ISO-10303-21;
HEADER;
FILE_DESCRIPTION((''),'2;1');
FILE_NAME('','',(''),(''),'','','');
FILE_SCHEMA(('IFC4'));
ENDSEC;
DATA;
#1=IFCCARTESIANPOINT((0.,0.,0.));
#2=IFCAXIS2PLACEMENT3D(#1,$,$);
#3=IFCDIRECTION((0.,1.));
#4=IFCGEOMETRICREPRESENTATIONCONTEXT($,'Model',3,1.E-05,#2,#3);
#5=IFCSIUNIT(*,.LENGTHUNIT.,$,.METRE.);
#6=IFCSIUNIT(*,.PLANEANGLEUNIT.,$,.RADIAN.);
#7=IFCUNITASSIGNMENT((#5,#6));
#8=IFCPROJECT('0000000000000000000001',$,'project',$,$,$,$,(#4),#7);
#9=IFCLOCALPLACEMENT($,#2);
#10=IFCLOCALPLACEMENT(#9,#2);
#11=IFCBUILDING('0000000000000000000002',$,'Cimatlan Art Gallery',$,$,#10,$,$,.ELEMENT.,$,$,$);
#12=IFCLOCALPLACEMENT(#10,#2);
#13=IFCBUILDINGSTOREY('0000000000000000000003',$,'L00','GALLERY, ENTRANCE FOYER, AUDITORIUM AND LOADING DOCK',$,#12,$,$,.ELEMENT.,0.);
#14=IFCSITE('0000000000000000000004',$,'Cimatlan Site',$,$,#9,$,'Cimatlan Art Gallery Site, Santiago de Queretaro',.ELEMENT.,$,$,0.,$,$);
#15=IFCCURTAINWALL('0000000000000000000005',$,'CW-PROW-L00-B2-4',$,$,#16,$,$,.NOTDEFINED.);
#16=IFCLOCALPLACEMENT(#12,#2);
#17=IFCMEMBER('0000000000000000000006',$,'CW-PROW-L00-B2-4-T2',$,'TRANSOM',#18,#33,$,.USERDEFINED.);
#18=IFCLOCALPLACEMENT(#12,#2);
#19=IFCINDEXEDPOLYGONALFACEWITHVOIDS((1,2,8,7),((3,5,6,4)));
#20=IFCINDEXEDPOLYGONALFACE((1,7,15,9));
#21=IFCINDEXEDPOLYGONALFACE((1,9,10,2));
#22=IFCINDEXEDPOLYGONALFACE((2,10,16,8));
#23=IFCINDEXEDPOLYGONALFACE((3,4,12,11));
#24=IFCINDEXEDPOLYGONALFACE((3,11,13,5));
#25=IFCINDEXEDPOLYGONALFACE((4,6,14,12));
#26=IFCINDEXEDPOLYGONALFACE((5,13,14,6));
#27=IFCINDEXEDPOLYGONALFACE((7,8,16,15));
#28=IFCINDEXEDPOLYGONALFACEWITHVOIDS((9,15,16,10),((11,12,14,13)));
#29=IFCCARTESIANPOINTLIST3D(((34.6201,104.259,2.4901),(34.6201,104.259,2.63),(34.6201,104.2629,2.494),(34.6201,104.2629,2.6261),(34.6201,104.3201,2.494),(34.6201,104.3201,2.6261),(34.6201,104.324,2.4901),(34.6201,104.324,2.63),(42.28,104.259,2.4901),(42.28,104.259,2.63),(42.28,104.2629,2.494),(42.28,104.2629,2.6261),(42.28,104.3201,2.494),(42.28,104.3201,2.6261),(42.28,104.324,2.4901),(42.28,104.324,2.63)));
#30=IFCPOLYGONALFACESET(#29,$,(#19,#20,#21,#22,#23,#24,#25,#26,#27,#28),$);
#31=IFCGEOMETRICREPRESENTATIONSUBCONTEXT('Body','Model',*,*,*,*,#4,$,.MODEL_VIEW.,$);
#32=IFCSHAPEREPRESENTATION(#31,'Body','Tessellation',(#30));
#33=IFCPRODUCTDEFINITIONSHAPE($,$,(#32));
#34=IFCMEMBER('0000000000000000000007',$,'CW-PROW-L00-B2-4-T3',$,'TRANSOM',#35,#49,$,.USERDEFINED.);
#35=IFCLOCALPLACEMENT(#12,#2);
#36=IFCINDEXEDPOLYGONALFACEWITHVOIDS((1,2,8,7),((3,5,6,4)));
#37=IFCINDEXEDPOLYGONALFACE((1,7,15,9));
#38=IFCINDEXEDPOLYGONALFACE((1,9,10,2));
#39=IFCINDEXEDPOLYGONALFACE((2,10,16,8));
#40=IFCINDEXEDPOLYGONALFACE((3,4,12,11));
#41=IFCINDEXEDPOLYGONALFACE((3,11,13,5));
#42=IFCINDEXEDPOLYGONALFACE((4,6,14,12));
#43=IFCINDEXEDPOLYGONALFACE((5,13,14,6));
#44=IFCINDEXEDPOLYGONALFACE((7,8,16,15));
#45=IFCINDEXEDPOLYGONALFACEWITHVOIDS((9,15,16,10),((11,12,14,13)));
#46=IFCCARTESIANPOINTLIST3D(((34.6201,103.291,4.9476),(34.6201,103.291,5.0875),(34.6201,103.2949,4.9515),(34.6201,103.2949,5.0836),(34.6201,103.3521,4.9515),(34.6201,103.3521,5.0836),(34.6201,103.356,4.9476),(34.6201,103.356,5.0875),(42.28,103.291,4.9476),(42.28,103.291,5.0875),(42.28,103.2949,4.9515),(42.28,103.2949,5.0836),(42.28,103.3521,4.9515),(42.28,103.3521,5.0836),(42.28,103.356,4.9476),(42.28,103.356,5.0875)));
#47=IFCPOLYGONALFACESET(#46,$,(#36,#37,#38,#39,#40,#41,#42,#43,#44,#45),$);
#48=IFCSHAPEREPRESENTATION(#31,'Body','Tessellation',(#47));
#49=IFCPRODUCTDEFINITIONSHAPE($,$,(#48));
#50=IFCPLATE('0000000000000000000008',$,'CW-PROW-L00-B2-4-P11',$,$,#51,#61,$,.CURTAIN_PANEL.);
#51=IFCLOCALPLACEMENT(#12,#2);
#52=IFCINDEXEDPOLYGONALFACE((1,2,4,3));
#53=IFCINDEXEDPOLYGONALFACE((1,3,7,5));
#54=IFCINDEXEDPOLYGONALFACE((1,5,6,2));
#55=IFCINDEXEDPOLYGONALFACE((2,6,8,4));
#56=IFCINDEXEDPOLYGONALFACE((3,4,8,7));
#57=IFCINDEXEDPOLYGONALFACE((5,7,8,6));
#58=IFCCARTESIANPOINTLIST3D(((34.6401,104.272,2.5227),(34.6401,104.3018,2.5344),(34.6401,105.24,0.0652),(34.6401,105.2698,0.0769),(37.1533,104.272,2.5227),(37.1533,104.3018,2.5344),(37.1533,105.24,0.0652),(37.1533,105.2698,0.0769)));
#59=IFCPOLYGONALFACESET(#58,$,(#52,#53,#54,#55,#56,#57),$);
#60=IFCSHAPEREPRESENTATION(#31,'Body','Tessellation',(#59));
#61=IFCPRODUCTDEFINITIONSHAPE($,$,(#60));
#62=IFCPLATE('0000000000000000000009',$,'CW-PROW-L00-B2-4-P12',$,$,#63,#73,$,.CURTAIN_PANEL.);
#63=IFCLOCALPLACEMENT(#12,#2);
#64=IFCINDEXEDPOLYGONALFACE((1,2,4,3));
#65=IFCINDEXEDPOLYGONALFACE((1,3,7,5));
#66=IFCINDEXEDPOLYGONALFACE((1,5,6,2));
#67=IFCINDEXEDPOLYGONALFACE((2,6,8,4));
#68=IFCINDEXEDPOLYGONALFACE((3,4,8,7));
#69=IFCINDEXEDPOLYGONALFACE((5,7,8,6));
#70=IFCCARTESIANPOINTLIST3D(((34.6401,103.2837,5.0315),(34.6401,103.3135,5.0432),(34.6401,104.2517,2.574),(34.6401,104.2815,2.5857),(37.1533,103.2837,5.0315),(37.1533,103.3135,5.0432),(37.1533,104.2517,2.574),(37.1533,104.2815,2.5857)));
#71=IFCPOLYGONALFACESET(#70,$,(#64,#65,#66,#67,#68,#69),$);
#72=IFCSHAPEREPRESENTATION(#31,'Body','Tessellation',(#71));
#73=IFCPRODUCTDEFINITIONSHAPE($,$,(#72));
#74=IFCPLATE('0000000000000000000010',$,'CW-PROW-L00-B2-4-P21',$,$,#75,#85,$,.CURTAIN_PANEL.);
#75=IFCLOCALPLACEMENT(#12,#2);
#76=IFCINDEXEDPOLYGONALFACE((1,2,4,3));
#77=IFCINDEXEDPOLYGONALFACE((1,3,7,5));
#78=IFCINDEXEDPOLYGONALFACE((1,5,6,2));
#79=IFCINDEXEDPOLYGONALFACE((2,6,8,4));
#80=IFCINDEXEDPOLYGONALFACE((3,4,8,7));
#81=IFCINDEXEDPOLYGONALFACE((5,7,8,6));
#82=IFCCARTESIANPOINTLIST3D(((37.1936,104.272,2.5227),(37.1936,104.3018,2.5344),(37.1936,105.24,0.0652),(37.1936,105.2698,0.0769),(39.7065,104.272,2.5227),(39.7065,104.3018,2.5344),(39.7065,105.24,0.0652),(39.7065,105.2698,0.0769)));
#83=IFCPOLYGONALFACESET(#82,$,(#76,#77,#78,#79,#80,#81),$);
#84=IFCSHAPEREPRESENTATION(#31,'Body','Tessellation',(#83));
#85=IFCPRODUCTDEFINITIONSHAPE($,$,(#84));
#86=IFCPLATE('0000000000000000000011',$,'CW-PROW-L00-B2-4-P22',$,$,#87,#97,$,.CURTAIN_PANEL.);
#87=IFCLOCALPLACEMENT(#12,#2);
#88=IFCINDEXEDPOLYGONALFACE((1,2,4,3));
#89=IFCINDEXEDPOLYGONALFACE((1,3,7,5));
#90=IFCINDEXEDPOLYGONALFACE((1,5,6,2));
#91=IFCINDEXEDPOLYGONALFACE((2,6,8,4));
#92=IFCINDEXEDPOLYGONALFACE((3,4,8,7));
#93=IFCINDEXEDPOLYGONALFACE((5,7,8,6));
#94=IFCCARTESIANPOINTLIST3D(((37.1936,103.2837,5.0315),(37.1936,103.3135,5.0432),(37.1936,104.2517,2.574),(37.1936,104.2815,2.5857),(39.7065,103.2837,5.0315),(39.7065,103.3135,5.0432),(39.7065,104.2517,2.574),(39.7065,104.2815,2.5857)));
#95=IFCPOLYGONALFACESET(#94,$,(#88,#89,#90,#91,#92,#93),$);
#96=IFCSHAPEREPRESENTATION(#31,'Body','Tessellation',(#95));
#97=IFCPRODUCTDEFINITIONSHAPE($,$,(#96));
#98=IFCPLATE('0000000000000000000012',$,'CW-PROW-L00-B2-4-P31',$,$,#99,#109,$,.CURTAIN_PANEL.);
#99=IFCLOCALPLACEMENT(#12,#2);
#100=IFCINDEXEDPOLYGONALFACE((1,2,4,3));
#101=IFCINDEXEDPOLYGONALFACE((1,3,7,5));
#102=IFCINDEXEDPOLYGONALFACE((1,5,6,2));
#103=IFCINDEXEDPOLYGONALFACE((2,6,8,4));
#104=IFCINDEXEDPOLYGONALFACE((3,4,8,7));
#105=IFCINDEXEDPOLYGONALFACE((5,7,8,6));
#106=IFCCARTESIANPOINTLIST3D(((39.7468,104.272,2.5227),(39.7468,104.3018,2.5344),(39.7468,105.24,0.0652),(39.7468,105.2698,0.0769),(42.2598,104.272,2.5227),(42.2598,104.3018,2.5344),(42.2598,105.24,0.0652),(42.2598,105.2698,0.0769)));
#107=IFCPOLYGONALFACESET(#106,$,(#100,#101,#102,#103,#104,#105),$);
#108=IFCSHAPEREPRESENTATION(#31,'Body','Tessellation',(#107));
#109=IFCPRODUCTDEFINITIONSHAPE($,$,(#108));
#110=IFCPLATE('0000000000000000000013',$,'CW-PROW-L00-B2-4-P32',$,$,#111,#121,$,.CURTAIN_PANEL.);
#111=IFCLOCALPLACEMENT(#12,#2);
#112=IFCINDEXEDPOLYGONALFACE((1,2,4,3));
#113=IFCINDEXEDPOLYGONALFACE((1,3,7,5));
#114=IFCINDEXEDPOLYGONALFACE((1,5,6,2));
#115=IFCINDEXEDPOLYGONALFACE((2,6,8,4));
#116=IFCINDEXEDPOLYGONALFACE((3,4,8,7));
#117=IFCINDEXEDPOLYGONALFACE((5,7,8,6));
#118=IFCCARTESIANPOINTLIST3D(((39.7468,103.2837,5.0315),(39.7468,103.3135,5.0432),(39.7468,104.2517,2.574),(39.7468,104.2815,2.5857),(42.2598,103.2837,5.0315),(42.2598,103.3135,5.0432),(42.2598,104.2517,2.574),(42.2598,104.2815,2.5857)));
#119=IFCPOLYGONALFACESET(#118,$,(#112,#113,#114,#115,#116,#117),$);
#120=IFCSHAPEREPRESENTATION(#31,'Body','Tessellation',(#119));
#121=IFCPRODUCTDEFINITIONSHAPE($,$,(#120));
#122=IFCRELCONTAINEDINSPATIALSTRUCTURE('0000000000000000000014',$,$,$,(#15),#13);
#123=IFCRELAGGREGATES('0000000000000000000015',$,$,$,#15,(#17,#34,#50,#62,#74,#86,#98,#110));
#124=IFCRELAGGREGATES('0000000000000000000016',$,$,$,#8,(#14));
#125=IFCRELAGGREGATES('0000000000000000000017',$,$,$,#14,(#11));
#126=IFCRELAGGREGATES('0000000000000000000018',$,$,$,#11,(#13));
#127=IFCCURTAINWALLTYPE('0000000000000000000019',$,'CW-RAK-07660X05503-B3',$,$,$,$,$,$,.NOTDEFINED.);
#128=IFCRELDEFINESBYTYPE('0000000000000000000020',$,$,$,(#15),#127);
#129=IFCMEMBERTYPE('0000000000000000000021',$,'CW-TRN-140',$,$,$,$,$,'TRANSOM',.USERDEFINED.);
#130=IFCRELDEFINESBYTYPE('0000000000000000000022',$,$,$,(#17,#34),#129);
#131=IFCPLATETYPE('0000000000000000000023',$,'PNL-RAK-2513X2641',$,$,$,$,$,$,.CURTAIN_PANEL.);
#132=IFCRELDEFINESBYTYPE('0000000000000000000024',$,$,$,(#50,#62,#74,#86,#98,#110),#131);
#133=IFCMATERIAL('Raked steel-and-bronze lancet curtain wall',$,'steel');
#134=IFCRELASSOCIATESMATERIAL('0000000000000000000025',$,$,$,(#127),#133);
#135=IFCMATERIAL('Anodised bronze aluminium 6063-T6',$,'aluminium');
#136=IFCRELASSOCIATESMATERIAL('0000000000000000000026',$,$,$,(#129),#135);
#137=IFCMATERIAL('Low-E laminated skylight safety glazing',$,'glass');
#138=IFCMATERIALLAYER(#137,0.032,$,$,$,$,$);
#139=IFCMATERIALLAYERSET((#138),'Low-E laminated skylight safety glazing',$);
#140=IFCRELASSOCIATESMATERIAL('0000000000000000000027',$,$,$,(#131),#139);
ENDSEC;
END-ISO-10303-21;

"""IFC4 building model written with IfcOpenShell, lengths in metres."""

from ifc_helpers import new_model, si_unit, direction, frame, origin, origin_2d, place, context, subcontext, project, spatial, polyline, hollow_rectangle, outline, extrude, material, layer, layer_set, material_profile, profile_set, type_object, element, aggregate, save


model = new_model("IFC4")

# Units and contexts
model_context = context("Model", 3, precision=1e-05, world=origin(), true_north=direction((0.0, 1.0)))
body_context = subcontext(model_context, "Body", "Model", "MODEL_VIEW")
ifc_project = project(units=[si_unit("LENGTHUNIT", "METRE"), si_unit("PLANEANGLEUNIT", "RADIAN")], contexts=[model_context])

# Site, building, storey
site_placement = place(None, origin())
site = spatial("IfcSite", under=ifc_project, at=site_placement, Name="Cimatlan Site", LongName="Cimatlan Art Gallery Site, Santiago de Queretaro", CompositionType="ELEMENT", RefElevation=0.0)
building_placement = place(site_placement, origin())
building = spatial("IfcBuilding", under=site, at=building_placement, Name="Cimatlan Art Gallery", CompositionType="ELEMENT")
storey_placement = place(building_placement, origin())
storey = spatial("IfcBuildingStorey", under=building, at=storey_placement, Name="L00", Description="GALLERY, ENTRANCE FOYER, AUDITORIUM AND LOADING DOCK", CompositionType="ELEMENT", Elevation=0.0)

# Curtain wall, members, plates
ifc_material_1 = material(Name="Raked steel-and-bronze lancet curtain wall", Category="steel")
curtain_wall_type = type_object("IfcCurtainWallType", Name="CW-RAK-07660X05503-B3", PredefinedType="NOTDEFINED", material=ifc_material_1)
curtain_wall_placement = place(storey_placement, origin())
curtain_wall = element("IfcCurtainWall", 1, at=curtain_wall_placement, inside=storey, type_object=curtain_wall_type, Name="CW-PROW-L00-B2-4", PredefinedType="NOTDEFINED")
ifc_material_2 = material(Name="Anodised bronze aluminium 6063-T6", Category="aluminium")
ifc_material_profile_1 = material_profile(ifc_material_2, hollow_rectangle(XDim=0.0649, YDim=0.1399, WallThickness=0.0039, at=origin_2d()), Name="ALU65X140X4")
ifc_profile_set_1 = profile_set([ifc_material_profile_1], Name="Anodised bronze aluminium 6063-T6")
member_type_1 = type_object("IfcMemberType", Name="CW-TRN-140", ElementType="TRANSOM", PredefinedType="USERDEFINED", material=ifc_profile_set_1)
member_1_placement = place(storey_placement, frame((34.6201, 104.2915, 2.5601), z_axis=(1.0, 0.0, 0.0), x_axis=(0.0, 1.0, 0.0)))
member_1 = element("IfcMember", 2, at=member_1_placement, type_object=member_type_1, Name="CW-PROW-L00-B2-4-T2", ObjectType="TRANSOM", PredefinedType="USERDEFINED", context=body_context, shape_type="SweptSolid", body=[
    extrude(hollow_rectangle(XDim=0.0649, YDim=0.1399, WallThickness=0.0039, at=origin_2d()), origin(), (0.0, 0.0, 1.0), 7.6599),
])
member_2_placement = place(storey_placement, frame((34.6201, 103.3235, 5.0176), z_axis=(1.0, 0.0, 0.0), x_axis=(0.0, 1.0, 0.0)))
member_2 = element("IfcMember", 3, at=member_2_placement, type_object=member_type_1, Name="CW-PROW-L00-B2-4-T3", ObjectType="TRANSOM", PredefinedType="USERDEFINED", context=body_context, shape_type="SweptSolid", body=[
    extrude(hollow_rectangle(XDim=0.0649, YDim=0.1399, WallThickness=0.0039, at=origin_2d()), origin(), (0.0, 0.0, 1.0), 7.6599),
])
ifc_material_3 = material(Name="Low-E laminated skylight safety glazing", Category="glass")
ifc_layer = layer(ifc_material_3, 0.032)
ifc_layer_set = layer_set([ifc_layer], Name="Low-E laminated skylight safety glazing")
plate_type = type_object("IfcPlateType", Name="PNL-RAK-2513X2641", PredefinedType="CURTAIN_PANEL", material=ifc_layer_set)
plate_1_placement = place(storey_placement, frame((34.6401, 105.2698, 0.0769), z_axis=(0.0, 0.930421, 0.366493), x_axis=(1.0, 0.0, 0.0)))
plate_1 = element("IfcPlate", 4, at=plate_1_placement, type_object=plate_type, Name="CW-PROW-L00-B2-4-P11", PredefinedType="CURTAIN_PANEL", context=body_context, shape_type="SweptSolid", body=[
    extrude(outline(polyline([(0.0, 0.0), (2.5132, 0.0), (2.5132, -2.6413), (0.0, -2.6413), (0.0, 0.0)])), origin(), (0.0, 0.0, -1.0), 0.032),
])
plate_2_placement = place(storey_placement, frame((34.6401, 104.2815, 2.5857), z_axis=(0.0, 0.930421, 0.366493), x_axis=(1.0, 0.0, 0.0)))
plate_2 = element("IfcPlate", 5, at=plate_2_placement, type_object=plate_type, Name="CW-PROW-L00-B2-4-P12", PredefinedType="CURTAIN_PANEL", context=body_context, shape_type="SweptSolid", body=[
    extrude(outline(polyline([(0.0, 0.0), (2.5132, 0.0), (2.5132, -2.6413), (0.0, -2.6413), (0.0, 0.0)])), origin(), (0.0, 0.0, -1.0), 0.032),
])
plate_3_placement = place(storey_placement, frame((37.1936, 105.2698, 0.0769), z_axis=(0.0, 0.930421, 0.366493), x_axis=(1.0, 0.0, 0.0)))
plate_3 = element("IfcPlate", 6, at=plate_3_placement, type_object=plate_type, Name="CW-PROW-L00-B2-4-P21", PredefinedType="CURTAIN_PANEL", context=body_context, shape_type="SweptSolid", body=[
    extrude(outline(polyline([(0.0, 0.0), (2.5129, 0.0), (2.5129, -2.6413), (0.0, -2.6413), (0.0, 0.0)])), origin(), (0.0, 0.0, -1.0), 0.032),
])
plate_4_placement = place(storey_placement, frame((37.1936, 104.2815, 2.5857), z_axis=(0.0, 0.930421, 0.366493), x_axis=(1.0, 0.0, 0.0)))
plate_4 = element("IfcPlate", 7, at=plate_4_placement, type_object=plate_type, Name="CW-PROW-L00-B2-4-P22", PredefinedType="CURTAIN_PANEL", context=body_context, shape_type="SweptSolid", body=[
    extrude(outline(polyline([(0.0, 0.0), (2.5129, 0.0), (2.5129, -2.6413), (0.0, -2.6413), (0.0, 0.0)])), origin(), (0.0, 0.0, -1.0), 0.032),
])
plate_5_placement = place(storey_placement, frame((39.7468, 105.2698, 0.0769), z_axis=(0.0, 0.930421, 0.366493), x_axis=(1.0, 0.0, 0.0)))
plate_5 = element("IfcPlate", 8, at=plate_5_placement, type_object=plate_type, Name="CW-PROW-L00-B2-4-P31", PredefinedType="CURTAIN_PANEL", context=body_context, shape_type="SweptSolid", body=[
    extrude(outline(polyline([(0.0, 0.0), (2.5129, 0.0), (2.5129, -2.6413), (0.0, -2.6413), (0.0, 0.0)])), origin(), (0.0, 0.0, -1.0), 0.032),
])
plate_6_placement = place(storey_placement, frame((39.7468, 104.2815, 2.5857), z_axis=(0.0, 0.930421, 0.366493), x_axis=(1.0, 0.0, 0.0)))
plate_6 = element("IfcPlate", 9, at=plate_6_placement, type_object=plate_type, Name="CW-PROW-L00-B2-4-P32", PredefinedType="CURTAIN_PANEL", context=body_context, shape_type="SweptSolid", body=[
    extrude(outline(polyline([(0.0, 0.0), (2.5129, 0.0), (2.5129, -2.6413), (0.0, -2.6413), (0.0, 0.0)])), origin(), (0.0, 0.0, -1.0), 0.032),
])
aggregate(curtain_wall, [member_1, member_2, plate_1, plate_2, plate_3, plate_4, plate_5, plate_6])

save(model, "model.ifc")
